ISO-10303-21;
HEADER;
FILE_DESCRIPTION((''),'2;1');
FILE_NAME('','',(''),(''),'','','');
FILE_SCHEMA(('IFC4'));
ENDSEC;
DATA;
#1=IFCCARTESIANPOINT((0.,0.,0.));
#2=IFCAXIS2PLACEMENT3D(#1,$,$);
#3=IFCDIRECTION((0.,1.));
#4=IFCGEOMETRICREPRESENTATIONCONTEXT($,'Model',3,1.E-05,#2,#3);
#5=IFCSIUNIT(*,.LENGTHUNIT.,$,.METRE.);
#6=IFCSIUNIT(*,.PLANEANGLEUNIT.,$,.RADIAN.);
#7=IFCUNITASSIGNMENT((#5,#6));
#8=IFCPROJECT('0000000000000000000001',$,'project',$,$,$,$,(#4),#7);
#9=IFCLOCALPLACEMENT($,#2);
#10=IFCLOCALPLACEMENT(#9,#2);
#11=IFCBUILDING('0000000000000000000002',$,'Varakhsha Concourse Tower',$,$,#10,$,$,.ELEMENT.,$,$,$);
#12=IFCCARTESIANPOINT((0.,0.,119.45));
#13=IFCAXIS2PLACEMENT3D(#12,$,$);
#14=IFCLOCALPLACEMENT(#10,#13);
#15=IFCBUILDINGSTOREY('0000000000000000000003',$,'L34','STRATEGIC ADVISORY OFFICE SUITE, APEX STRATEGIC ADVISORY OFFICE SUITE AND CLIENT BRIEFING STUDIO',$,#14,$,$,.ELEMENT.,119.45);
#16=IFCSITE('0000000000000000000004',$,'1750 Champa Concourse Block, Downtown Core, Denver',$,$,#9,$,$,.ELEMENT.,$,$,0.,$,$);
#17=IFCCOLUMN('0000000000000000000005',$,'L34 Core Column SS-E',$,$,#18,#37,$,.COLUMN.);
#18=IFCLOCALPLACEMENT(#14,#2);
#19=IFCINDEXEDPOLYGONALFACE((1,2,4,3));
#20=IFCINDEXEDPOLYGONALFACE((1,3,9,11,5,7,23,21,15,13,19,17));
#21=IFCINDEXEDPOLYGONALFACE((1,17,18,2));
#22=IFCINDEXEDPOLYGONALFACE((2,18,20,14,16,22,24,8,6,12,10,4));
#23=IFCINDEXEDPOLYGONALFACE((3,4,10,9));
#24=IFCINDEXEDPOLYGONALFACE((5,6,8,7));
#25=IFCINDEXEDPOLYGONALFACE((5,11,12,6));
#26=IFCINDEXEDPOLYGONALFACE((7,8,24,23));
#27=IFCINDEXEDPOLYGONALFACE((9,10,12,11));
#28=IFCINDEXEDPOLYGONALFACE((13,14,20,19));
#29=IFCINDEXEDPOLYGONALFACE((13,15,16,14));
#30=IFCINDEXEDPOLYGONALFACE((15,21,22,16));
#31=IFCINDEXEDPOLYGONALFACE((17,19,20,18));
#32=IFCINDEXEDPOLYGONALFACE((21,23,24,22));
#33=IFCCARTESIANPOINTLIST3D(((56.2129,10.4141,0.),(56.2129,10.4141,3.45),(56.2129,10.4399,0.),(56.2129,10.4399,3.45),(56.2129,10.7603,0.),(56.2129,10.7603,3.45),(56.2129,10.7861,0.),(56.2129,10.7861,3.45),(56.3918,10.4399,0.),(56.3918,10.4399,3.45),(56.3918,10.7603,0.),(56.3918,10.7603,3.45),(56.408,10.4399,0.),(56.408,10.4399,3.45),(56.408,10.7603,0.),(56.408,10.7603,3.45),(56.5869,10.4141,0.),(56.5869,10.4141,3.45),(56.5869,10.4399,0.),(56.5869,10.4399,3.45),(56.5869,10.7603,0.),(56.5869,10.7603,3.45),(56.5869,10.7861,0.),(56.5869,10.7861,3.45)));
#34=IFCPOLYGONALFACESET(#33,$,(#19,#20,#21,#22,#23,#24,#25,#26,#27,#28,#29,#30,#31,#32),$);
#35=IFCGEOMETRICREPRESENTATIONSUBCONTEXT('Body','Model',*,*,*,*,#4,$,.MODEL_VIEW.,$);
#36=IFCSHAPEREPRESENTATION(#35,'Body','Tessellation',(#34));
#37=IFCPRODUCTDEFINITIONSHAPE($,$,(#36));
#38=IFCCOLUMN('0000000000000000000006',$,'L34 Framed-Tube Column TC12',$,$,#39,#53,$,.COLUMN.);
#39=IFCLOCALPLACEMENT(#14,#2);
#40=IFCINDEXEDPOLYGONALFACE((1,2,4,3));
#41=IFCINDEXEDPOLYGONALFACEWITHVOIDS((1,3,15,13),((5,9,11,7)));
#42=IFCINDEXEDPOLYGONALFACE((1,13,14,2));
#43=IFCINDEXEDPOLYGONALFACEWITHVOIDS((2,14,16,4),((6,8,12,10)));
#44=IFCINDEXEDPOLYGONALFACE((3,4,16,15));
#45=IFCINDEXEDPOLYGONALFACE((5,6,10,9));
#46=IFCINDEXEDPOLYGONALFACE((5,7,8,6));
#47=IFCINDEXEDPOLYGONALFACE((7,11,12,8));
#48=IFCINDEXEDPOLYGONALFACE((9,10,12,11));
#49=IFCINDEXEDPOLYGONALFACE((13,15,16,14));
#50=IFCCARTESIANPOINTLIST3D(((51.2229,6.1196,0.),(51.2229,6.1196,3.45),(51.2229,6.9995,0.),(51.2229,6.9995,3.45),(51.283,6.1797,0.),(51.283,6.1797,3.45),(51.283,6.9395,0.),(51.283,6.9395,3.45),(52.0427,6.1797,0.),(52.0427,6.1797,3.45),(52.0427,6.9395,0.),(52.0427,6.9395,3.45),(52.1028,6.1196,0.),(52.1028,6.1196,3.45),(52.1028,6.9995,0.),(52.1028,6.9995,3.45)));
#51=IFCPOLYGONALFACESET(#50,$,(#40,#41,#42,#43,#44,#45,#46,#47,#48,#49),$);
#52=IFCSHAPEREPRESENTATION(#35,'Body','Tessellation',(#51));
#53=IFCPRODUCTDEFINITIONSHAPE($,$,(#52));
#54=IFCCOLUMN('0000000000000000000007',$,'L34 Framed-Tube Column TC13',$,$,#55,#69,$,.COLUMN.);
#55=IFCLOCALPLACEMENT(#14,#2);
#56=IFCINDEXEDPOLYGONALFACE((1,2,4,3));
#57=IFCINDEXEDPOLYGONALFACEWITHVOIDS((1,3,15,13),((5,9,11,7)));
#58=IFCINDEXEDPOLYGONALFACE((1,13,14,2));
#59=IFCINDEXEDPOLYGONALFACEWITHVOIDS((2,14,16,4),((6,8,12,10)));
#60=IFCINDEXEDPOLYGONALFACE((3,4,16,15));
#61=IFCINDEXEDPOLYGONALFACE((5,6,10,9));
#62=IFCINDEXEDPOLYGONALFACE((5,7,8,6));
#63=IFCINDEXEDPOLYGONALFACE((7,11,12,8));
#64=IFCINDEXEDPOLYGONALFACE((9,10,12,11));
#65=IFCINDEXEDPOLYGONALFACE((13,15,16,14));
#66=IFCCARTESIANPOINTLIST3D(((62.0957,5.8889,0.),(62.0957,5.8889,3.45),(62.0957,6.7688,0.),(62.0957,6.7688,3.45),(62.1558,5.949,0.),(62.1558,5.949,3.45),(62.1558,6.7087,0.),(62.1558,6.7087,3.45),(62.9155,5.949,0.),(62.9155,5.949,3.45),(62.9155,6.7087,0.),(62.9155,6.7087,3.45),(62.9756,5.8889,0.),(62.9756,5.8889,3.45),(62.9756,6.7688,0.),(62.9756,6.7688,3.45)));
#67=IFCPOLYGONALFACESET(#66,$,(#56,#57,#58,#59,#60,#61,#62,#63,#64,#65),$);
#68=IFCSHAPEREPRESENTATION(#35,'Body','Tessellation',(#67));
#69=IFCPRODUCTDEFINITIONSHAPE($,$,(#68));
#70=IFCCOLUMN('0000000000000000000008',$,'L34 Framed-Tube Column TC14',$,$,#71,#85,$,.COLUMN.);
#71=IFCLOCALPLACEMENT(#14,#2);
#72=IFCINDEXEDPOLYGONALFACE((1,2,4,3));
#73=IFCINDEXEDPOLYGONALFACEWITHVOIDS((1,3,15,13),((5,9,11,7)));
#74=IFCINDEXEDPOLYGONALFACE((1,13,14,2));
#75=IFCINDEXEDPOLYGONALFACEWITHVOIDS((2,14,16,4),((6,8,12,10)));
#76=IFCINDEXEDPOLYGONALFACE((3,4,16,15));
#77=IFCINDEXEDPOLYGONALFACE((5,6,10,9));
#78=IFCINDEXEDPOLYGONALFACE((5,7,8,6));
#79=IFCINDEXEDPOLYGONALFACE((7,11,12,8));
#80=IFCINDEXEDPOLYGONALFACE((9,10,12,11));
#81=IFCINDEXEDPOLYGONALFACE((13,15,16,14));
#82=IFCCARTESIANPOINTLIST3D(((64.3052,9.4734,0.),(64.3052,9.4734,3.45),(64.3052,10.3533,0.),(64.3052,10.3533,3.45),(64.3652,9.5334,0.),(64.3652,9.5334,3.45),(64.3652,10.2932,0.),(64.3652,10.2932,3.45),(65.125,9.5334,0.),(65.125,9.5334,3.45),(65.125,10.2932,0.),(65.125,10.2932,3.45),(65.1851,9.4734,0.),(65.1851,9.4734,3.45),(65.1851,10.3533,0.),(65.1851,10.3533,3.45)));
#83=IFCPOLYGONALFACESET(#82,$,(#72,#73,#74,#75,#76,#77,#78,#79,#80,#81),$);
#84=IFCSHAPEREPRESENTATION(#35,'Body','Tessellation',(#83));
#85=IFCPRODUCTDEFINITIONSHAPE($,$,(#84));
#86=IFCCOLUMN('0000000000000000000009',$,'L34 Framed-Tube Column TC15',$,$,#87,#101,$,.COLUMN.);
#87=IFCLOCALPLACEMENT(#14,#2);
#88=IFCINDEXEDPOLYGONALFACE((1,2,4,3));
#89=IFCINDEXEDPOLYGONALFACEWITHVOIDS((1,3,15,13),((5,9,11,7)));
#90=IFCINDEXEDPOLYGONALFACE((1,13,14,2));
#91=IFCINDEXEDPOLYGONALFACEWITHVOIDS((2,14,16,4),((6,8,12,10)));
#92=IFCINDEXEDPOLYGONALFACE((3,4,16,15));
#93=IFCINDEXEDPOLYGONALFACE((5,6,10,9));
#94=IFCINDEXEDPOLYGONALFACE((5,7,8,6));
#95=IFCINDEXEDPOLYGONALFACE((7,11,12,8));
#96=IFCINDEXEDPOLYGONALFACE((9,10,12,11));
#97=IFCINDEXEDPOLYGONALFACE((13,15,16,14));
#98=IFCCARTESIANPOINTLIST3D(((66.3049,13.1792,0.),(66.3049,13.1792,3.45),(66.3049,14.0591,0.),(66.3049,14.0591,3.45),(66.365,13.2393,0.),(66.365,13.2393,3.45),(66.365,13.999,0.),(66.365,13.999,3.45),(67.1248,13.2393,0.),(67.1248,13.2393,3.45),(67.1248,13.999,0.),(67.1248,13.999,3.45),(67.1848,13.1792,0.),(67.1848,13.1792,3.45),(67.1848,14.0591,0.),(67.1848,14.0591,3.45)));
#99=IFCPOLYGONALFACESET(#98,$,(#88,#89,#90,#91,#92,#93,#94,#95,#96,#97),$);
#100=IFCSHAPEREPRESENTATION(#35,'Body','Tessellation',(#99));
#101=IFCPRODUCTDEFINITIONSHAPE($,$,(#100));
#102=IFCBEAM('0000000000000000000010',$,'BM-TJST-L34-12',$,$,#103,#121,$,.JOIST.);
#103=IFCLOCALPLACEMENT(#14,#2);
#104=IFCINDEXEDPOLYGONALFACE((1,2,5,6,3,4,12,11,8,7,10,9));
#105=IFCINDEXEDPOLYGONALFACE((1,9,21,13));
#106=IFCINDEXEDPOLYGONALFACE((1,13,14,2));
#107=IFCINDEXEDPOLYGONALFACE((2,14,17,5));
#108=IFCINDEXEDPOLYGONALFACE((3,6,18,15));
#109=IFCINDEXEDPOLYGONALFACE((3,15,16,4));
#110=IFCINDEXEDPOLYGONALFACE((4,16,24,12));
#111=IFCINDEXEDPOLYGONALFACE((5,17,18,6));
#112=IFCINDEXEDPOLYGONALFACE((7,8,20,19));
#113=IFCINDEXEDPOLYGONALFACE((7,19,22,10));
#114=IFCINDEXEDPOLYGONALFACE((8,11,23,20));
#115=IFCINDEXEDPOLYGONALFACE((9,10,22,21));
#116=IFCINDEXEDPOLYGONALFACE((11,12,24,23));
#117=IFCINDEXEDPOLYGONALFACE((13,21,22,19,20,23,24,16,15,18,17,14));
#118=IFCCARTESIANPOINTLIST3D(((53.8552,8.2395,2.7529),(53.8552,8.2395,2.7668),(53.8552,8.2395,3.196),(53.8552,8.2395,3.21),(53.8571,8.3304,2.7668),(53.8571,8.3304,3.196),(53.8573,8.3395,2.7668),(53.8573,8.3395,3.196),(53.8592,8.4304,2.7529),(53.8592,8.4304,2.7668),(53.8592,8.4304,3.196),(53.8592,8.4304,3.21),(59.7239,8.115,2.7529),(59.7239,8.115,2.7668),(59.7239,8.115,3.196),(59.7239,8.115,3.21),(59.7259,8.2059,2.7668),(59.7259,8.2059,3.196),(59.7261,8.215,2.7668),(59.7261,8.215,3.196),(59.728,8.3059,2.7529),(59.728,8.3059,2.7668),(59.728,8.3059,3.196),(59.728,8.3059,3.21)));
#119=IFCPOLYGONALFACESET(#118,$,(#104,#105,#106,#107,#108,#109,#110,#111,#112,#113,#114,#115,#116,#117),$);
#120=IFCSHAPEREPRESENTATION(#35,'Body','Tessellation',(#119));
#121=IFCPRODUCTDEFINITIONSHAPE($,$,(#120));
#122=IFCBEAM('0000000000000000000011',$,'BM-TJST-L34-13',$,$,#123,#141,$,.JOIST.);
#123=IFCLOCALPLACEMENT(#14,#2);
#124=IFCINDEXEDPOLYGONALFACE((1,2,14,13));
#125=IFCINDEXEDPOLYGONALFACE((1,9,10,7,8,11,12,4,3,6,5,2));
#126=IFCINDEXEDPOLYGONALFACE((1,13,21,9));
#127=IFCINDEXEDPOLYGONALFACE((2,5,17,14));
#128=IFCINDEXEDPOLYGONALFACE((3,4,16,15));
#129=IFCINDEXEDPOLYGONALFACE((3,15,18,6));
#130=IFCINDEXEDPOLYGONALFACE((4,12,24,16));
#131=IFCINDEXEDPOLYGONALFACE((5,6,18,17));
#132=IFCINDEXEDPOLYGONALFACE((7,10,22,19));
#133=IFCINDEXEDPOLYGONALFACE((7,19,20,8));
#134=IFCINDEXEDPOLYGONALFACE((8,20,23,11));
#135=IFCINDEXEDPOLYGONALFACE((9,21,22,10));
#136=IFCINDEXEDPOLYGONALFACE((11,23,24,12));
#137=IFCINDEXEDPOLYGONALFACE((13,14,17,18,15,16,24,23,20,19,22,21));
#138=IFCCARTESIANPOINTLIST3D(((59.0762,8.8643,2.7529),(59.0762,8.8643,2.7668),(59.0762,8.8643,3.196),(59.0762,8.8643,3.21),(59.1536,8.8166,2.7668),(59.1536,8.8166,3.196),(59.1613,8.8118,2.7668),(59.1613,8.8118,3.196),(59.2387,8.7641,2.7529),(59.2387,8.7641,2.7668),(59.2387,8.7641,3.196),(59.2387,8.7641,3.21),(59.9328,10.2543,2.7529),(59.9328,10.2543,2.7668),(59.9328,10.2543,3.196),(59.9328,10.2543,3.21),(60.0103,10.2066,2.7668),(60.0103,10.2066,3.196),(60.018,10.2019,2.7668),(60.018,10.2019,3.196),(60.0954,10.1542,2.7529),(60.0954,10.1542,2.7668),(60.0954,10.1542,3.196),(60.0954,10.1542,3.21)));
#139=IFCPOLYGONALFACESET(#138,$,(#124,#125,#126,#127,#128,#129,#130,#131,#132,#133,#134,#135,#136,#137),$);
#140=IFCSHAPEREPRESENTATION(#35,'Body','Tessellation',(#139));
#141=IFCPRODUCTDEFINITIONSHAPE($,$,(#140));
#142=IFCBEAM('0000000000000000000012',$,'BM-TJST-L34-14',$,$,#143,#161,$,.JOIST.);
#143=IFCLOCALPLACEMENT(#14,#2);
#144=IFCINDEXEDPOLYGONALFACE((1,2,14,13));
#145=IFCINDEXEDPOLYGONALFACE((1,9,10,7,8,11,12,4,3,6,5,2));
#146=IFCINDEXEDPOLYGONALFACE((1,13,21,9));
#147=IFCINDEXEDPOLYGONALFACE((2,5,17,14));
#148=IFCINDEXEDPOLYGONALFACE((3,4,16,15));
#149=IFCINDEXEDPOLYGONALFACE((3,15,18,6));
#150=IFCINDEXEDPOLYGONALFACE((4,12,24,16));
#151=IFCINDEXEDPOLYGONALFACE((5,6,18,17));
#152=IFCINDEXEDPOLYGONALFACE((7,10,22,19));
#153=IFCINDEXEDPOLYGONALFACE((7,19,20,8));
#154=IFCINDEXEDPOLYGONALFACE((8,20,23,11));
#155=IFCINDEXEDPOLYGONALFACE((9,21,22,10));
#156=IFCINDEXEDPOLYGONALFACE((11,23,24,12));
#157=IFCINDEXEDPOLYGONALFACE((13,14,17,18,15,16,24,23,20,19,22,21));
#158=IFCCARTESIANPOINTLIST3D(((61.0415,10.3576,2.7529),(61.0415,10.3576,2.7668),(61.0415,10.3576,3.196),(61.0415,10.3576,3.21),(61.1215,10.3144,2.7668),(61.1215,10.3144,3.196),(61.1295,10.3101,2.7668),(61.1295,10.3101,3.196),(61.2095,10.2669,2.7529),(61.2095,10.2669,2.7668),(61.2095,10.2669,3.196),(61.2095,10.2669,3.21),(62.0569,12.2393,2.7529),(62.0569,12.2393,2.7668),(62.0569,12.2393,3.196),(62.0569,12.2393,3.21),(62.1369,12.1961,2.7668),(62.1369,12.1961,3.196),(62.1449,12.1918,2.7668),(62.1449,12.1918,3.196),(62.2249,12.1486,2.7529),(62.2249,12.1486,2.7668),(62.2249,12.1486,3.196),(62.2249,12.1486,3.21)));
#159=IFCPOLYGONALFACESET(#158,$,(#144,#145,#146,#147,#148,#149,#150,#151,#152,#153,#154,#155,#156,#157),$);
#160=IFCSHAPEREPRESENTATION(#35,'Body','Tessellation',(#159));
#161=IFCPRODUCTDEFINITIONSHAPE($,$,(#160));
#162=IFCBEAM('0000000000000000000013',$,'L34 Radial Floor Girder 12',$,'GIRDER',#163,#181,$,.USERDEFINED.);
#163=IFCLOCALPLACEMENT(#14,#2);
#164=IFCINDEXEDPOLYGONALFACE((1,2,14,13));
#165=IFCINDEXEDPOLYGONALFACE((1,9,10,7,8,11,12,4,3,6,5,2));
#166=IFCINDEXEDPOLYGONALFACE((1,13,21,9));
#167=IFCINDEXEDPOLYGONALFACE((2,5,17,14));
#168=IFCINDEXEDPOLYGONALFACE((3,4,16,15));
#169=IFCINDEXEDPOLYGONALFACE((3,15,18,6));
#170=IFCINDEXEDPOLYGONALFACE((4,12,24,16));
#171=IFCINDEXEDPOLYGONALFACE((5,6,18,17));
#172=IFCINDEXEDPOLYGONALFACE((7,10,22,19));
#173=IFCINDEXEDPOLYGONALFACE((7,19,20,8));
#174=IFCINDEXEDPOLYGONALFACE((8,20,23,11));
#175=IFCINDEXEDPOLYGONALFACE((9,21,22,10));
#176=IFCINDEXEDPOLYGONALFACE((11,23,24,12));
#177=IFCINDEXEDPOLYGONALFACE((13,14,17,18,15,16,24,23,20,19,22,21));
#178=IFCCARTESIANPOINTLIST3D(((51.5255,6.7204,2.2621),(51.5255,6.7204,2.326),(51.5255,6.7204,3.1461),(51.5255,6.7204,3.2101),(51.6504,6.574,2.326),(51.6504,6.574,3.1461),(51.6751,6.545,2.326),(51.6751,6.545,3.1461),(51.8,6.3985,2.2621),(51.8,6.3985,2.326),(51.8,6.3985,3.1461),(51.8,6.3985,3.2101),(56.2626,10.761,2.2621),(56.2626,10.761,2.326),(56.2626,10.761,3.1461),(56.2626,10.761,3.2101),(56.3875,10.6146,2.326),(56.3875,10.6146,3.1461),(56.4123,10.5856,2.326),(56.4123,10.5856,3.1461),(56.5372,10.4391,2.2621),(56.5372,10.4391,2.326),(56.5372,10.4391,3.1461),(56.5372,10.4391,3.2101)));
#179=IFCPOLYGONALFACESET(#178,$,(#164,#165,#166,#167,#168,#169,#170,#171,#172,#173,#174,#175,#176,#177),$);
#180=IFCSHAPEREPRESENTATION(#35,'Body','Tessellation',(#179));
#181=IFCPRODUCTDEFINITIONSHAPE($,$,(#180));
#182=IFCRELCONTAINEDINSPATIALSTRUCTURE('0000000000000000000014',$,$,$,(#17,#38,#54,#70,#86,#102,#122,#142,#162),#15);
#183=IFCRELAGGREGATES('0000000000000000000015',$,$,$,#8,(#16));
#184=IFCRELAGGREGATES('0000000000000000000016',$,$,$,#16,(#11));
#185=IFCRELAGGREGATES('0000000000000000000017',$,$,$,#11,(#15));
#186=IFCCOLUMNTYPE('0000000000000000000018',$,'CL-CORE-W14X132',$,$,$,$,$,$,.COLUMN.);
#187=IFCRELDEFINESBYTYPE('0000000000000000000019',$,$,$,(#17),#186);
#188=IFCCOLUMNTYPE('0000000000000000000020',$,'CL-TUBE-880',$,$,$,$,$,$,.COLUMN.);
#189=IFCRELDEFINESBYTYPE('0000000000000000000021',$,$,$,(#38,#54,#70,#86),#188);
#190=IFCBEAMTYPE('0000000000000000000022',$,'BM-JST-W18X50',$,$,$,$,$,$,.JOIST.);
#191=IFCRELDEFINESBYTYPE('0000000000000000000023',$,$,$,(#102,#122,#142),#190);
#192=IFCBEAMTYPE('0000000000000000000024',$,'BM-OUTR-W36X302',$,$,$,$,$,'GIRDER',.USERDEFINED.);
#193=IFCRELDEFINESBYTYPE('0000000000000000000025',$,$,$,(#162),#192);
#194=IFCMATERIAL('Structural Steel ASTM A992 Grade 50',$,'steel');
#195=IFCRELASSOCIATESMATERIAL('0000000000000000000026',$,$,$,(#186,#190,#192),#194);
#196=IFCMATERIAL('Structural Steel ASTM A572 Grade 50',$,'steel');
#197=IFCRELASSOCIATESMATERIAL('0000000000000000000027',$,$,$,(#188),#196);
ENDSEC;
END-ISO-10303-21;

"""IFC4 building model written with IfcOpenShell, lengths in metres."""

from ifc_helpers import new_model, si_unit, direction, frame, origin, origin_2d, place, context, subcontext, project, spatial, hollow_rectangle, i_section, extrude, material, material_profile, profile_set, type_object, element, save


model = new_model("IFC4")

# Units and contexts
model_context = context("Model", 3, precision=1e-05, world=origin(), true_north=direction((0.0, 1.0)))
body_context = subcontext(model_context, "Body", "Model", "MODEL_VIEW")
ifc_project = project(units=[si_unit("LENGTHUNIT", "METRE"), si_unit("PLANEANGLEUNIT", "RADIAN")], contexts=[model_context])

# Site, building, storey
site_placement = place(None, origin())
site = spatial("IfcSite", under=ifc_project, at=site_placement, Name="1750 Champa Concourse Block, Downtown Core, Denver", CompositionType="ELEMENT", RefElevation=0.0)
building_placement = place(site_placement, origin())
building = spatial("IfcBuilding", under=site, at=building_placement, Name="Varakhsha Concourse Tower", CompositionType="ELEMENT")
storey_placement = place(building_placement, frame((0.0, 0.0, 119.45)))
storey = spatial("IfcBuildingStorey", under=building, at=storey_placement, Name="L34", Description="STRATEGIC ADVISORY OFFICE SUITE, APEX STRATEGIC ADVISORY OFFICE SUITE AND CLIENT BRIEFING STUDIO", CompositionType="ELEMENT", Elevation=119.45)

# Columns
ifc_material_1 = material(Name="Structural Steel ASTM A992 Grade 50", Category="steel")
ifc_material_profile_1 = material_profile(ifc_material_1, i_section(OverallWidth=0.374, OverallDepth=0.3721, WebThickness=0.0161, FlangeThickness=0.0259, at=origin_2d()), Name="W14X132")
ifc_profile_set_1 = profile_set([ifc_material_profile_1], Name="Structural Steel ASTM A992 Grade 50")
column_type_1 = type_object("IfcColumnType", Name="CL-CORE-W14X132", PredefinedType="COLUMN", material=ifc_profile_set_1)
column_placement = place(storey_placement, frame((56.3999, 10.6001, 0.0), z_axis=(0.0, 0.0, 1.0), x_axis=(1.0, 0.0, 0.0)))
element("IfcColumn", 1, at=column_placement, inside=storey, type_object=column_type_1, Name="L34 Core Column SS-E", PredefinedType="COLUMN", context=body_context, shape_type="SweptSolid", body=[
    extrude(i_section(OverallWidth=0.374, OverallDepth=0.3721, WebThickness=0.0161, FlangeThickness=0.0259, at=origin_2d()), origin(), (0.0, 0.0, 1.0), 3.45),
])
ifc_material_2 = material(Name="Structural Steel ASTM A572 Grade 50", Category="steel")
ifc_material_profile_2 = material_profile(ifc_material_2, hollow_rectangle(XDim=0.8799, YDim=0.8799, WallThickness=0.0601, at=origin_2d()), Name="BOX 880x880x60")
ifc_profile_set_2 = profile_set([ifc_material_profile_2], Name="Structural Steel ASTM A572 Grade 50")
column_type_2 = type_object("IfcColumnType", Name="CL-TUBE-880", PredefinedType="COLUMN", material=ifc_profile_set_2)
for number, where, z_axis, x_axis, name in (
    (2, (51.6628, 6.5596, 0.0), (0.0, 0.0, 1.0), (1.0, 0.0, 0.0), "L34 Framed-Tube Column TC12"),
    (3, (62.5356, 6.3289, 0.0), (0.0, 0.0, 1.0), (1.0, 0.0, 0.0), "L34 Framed-Tube Column TC13"),
    (4, (64.7451, 9.9133, 0.0), (0.0, 0.0, 1.0), (1.0, 0.0, 0.0), "L34 Framed-Tube Column TC14"),
    (5, (66.7449, 13.6191, 0.0), (0.0, 0.0, 1.0), (1.0, 0.0, 0.0), "L34 Framed-Tube Column TC15"),
):
    element("IfcColumn", number, at=place(storey_placement, frame(where, z_axis=z_axis, x_axis=x_axis)), inside=storey, type_object=column_type_2, Name=name, PredefinedType="COLUMN", context=body_context, shape_type="SweptSolid", body=[
        extrude(hollow_rectangle(XDim=0.8799, YDim=0.8799, WallThickness=0.0601, at=origin_2d()), origin(), (0.0, 0.0, 1.0), 3.45),
    ])

# Beams
ifc_material_profile_3 = material_profile(ifc_material_1, i_section(OverallWidth=0.1909, OverallDepth=0.457, WebThickness=0.009, FlangeThickness=0.0139, at=origin_2d()), Name="W18X50")
ifc_profile_set_3 = profile_set([ifc_material_profile_3], Name="Structural Steel ASTM A992 Grade 50")
beam_type_1 = type_object("IfcBeamType", Name="BM-JST-W18X50", PredefinedType="JOIST", material=ifc_profile_set_3)
beam_1_placement = place(storey_placement, frame((53.8572, 8.335, 2.9814), z_axis=(0.999775, -0.021211, 0.0), x_axis=(0.021211, 0.999775, 0.0)))
element("IfcBeam", 6, at=beam_1_placement, inside=storey, type_object=beam_type_1, Name="BM-TJST-L34-12", PredefinedType="JOIST", context=body_context, shape_type="SweptSolid", body=[
    extrude(i_section(OverallWidth=0.1909, OverallDepth=0.457, WebThickness=0.009, FlangeThickness=0.0139, at=origin_2d()), origin(), (0.0, 0.0, 1.0), 5.8701),
])
beam_2_placement = place(storey_placement, frame((59.1575, 8.8142, 2.9814), z_axis=(0.52464, 0.851324, 0.0), x_axis=(-0.851324, 0.52464, 0.0)))
element("IfcBeam", 7, at=beam_2_placement, inside=storey, type_object=beam_type_1, Name="BM-TJST-L34-13", PredefinedType="JOIST", context=body_context, shape_type="SweptSolid", body=[
    extrude(i_section(OverallWidth=0.1909, OverallDepth=0.457, WebThickness=0.009, FlangeThickness=0.0139, at=origin_2d()), origin(), (0.0, 0.0, 1.0), 1.6328),
])
beam_3_placement = place(storey_placement, frame((61.1255, 10.3123, 2.9814), z_axis=(0.474903, 0.880038, 0.0), x_axis=(-0.880038, 0.474903, 0.0)))
element("IfcBeam", 8, at=beam_3_placement, inside=storey, type_object=beam_type_1, Name="BM-TJST-L34-14", PredefinedType="JOIST", context=body_context, shape_type="SweptSolid", body=[
    extrude(i_section(OverallWidth=0.1909, OverallDepth=0.457, WebThickness=0.009, FlangeThickness=0.0139, at=origin_2d()), origin(), (0.0, 0.0, 1.0), 2.1382),
])
ifc_material_profile_4 = material_profile(ifc_material_1, i_section(OverallWidth=0.4231, OverallDepth=0.948, WebThickness=0.0381, FlangeThickness=0.064, at=origin_2d()), Name="W36X302")
ifc_profile_set_4 = profile_set([ifc_material_profile_4], Name="Structural Steel ASTM A992 Grade 50")
beam_type_2 = type_object("IfcBeamType", Name="BM-OUTR-W36X302", ElementType="GIRDER", PredefinedType="USERDEFINED", material=ifc_profile_set_4)
beam_4_placement = place(storey_placement, frame((56.3999, 10.6001, 2.7361), z_axis=(-0.760827, -0.648955, 0.0), x_axis=(0.648955, -0.760827, 0.0)))
element("IfcBeam", 9, at=beam_4_placement, inside=storey, type_object=beam_type_2, Name="L34 Radial Floor Girder 12", ObjectType="GIRDER", PredefinedType="USERDEFINED", context=body_context, shape_type="SweptSolid", body=[
    extrude(i_section(OverallWidth=0.4231, OverallDepth=0.948, WebThickness=0.0381, FlangeThickness=0.064, at=origin_2d()), origin(), (0.0, 0.0, 1.0), 6.2263),
])

save(model, "model.ifc")
